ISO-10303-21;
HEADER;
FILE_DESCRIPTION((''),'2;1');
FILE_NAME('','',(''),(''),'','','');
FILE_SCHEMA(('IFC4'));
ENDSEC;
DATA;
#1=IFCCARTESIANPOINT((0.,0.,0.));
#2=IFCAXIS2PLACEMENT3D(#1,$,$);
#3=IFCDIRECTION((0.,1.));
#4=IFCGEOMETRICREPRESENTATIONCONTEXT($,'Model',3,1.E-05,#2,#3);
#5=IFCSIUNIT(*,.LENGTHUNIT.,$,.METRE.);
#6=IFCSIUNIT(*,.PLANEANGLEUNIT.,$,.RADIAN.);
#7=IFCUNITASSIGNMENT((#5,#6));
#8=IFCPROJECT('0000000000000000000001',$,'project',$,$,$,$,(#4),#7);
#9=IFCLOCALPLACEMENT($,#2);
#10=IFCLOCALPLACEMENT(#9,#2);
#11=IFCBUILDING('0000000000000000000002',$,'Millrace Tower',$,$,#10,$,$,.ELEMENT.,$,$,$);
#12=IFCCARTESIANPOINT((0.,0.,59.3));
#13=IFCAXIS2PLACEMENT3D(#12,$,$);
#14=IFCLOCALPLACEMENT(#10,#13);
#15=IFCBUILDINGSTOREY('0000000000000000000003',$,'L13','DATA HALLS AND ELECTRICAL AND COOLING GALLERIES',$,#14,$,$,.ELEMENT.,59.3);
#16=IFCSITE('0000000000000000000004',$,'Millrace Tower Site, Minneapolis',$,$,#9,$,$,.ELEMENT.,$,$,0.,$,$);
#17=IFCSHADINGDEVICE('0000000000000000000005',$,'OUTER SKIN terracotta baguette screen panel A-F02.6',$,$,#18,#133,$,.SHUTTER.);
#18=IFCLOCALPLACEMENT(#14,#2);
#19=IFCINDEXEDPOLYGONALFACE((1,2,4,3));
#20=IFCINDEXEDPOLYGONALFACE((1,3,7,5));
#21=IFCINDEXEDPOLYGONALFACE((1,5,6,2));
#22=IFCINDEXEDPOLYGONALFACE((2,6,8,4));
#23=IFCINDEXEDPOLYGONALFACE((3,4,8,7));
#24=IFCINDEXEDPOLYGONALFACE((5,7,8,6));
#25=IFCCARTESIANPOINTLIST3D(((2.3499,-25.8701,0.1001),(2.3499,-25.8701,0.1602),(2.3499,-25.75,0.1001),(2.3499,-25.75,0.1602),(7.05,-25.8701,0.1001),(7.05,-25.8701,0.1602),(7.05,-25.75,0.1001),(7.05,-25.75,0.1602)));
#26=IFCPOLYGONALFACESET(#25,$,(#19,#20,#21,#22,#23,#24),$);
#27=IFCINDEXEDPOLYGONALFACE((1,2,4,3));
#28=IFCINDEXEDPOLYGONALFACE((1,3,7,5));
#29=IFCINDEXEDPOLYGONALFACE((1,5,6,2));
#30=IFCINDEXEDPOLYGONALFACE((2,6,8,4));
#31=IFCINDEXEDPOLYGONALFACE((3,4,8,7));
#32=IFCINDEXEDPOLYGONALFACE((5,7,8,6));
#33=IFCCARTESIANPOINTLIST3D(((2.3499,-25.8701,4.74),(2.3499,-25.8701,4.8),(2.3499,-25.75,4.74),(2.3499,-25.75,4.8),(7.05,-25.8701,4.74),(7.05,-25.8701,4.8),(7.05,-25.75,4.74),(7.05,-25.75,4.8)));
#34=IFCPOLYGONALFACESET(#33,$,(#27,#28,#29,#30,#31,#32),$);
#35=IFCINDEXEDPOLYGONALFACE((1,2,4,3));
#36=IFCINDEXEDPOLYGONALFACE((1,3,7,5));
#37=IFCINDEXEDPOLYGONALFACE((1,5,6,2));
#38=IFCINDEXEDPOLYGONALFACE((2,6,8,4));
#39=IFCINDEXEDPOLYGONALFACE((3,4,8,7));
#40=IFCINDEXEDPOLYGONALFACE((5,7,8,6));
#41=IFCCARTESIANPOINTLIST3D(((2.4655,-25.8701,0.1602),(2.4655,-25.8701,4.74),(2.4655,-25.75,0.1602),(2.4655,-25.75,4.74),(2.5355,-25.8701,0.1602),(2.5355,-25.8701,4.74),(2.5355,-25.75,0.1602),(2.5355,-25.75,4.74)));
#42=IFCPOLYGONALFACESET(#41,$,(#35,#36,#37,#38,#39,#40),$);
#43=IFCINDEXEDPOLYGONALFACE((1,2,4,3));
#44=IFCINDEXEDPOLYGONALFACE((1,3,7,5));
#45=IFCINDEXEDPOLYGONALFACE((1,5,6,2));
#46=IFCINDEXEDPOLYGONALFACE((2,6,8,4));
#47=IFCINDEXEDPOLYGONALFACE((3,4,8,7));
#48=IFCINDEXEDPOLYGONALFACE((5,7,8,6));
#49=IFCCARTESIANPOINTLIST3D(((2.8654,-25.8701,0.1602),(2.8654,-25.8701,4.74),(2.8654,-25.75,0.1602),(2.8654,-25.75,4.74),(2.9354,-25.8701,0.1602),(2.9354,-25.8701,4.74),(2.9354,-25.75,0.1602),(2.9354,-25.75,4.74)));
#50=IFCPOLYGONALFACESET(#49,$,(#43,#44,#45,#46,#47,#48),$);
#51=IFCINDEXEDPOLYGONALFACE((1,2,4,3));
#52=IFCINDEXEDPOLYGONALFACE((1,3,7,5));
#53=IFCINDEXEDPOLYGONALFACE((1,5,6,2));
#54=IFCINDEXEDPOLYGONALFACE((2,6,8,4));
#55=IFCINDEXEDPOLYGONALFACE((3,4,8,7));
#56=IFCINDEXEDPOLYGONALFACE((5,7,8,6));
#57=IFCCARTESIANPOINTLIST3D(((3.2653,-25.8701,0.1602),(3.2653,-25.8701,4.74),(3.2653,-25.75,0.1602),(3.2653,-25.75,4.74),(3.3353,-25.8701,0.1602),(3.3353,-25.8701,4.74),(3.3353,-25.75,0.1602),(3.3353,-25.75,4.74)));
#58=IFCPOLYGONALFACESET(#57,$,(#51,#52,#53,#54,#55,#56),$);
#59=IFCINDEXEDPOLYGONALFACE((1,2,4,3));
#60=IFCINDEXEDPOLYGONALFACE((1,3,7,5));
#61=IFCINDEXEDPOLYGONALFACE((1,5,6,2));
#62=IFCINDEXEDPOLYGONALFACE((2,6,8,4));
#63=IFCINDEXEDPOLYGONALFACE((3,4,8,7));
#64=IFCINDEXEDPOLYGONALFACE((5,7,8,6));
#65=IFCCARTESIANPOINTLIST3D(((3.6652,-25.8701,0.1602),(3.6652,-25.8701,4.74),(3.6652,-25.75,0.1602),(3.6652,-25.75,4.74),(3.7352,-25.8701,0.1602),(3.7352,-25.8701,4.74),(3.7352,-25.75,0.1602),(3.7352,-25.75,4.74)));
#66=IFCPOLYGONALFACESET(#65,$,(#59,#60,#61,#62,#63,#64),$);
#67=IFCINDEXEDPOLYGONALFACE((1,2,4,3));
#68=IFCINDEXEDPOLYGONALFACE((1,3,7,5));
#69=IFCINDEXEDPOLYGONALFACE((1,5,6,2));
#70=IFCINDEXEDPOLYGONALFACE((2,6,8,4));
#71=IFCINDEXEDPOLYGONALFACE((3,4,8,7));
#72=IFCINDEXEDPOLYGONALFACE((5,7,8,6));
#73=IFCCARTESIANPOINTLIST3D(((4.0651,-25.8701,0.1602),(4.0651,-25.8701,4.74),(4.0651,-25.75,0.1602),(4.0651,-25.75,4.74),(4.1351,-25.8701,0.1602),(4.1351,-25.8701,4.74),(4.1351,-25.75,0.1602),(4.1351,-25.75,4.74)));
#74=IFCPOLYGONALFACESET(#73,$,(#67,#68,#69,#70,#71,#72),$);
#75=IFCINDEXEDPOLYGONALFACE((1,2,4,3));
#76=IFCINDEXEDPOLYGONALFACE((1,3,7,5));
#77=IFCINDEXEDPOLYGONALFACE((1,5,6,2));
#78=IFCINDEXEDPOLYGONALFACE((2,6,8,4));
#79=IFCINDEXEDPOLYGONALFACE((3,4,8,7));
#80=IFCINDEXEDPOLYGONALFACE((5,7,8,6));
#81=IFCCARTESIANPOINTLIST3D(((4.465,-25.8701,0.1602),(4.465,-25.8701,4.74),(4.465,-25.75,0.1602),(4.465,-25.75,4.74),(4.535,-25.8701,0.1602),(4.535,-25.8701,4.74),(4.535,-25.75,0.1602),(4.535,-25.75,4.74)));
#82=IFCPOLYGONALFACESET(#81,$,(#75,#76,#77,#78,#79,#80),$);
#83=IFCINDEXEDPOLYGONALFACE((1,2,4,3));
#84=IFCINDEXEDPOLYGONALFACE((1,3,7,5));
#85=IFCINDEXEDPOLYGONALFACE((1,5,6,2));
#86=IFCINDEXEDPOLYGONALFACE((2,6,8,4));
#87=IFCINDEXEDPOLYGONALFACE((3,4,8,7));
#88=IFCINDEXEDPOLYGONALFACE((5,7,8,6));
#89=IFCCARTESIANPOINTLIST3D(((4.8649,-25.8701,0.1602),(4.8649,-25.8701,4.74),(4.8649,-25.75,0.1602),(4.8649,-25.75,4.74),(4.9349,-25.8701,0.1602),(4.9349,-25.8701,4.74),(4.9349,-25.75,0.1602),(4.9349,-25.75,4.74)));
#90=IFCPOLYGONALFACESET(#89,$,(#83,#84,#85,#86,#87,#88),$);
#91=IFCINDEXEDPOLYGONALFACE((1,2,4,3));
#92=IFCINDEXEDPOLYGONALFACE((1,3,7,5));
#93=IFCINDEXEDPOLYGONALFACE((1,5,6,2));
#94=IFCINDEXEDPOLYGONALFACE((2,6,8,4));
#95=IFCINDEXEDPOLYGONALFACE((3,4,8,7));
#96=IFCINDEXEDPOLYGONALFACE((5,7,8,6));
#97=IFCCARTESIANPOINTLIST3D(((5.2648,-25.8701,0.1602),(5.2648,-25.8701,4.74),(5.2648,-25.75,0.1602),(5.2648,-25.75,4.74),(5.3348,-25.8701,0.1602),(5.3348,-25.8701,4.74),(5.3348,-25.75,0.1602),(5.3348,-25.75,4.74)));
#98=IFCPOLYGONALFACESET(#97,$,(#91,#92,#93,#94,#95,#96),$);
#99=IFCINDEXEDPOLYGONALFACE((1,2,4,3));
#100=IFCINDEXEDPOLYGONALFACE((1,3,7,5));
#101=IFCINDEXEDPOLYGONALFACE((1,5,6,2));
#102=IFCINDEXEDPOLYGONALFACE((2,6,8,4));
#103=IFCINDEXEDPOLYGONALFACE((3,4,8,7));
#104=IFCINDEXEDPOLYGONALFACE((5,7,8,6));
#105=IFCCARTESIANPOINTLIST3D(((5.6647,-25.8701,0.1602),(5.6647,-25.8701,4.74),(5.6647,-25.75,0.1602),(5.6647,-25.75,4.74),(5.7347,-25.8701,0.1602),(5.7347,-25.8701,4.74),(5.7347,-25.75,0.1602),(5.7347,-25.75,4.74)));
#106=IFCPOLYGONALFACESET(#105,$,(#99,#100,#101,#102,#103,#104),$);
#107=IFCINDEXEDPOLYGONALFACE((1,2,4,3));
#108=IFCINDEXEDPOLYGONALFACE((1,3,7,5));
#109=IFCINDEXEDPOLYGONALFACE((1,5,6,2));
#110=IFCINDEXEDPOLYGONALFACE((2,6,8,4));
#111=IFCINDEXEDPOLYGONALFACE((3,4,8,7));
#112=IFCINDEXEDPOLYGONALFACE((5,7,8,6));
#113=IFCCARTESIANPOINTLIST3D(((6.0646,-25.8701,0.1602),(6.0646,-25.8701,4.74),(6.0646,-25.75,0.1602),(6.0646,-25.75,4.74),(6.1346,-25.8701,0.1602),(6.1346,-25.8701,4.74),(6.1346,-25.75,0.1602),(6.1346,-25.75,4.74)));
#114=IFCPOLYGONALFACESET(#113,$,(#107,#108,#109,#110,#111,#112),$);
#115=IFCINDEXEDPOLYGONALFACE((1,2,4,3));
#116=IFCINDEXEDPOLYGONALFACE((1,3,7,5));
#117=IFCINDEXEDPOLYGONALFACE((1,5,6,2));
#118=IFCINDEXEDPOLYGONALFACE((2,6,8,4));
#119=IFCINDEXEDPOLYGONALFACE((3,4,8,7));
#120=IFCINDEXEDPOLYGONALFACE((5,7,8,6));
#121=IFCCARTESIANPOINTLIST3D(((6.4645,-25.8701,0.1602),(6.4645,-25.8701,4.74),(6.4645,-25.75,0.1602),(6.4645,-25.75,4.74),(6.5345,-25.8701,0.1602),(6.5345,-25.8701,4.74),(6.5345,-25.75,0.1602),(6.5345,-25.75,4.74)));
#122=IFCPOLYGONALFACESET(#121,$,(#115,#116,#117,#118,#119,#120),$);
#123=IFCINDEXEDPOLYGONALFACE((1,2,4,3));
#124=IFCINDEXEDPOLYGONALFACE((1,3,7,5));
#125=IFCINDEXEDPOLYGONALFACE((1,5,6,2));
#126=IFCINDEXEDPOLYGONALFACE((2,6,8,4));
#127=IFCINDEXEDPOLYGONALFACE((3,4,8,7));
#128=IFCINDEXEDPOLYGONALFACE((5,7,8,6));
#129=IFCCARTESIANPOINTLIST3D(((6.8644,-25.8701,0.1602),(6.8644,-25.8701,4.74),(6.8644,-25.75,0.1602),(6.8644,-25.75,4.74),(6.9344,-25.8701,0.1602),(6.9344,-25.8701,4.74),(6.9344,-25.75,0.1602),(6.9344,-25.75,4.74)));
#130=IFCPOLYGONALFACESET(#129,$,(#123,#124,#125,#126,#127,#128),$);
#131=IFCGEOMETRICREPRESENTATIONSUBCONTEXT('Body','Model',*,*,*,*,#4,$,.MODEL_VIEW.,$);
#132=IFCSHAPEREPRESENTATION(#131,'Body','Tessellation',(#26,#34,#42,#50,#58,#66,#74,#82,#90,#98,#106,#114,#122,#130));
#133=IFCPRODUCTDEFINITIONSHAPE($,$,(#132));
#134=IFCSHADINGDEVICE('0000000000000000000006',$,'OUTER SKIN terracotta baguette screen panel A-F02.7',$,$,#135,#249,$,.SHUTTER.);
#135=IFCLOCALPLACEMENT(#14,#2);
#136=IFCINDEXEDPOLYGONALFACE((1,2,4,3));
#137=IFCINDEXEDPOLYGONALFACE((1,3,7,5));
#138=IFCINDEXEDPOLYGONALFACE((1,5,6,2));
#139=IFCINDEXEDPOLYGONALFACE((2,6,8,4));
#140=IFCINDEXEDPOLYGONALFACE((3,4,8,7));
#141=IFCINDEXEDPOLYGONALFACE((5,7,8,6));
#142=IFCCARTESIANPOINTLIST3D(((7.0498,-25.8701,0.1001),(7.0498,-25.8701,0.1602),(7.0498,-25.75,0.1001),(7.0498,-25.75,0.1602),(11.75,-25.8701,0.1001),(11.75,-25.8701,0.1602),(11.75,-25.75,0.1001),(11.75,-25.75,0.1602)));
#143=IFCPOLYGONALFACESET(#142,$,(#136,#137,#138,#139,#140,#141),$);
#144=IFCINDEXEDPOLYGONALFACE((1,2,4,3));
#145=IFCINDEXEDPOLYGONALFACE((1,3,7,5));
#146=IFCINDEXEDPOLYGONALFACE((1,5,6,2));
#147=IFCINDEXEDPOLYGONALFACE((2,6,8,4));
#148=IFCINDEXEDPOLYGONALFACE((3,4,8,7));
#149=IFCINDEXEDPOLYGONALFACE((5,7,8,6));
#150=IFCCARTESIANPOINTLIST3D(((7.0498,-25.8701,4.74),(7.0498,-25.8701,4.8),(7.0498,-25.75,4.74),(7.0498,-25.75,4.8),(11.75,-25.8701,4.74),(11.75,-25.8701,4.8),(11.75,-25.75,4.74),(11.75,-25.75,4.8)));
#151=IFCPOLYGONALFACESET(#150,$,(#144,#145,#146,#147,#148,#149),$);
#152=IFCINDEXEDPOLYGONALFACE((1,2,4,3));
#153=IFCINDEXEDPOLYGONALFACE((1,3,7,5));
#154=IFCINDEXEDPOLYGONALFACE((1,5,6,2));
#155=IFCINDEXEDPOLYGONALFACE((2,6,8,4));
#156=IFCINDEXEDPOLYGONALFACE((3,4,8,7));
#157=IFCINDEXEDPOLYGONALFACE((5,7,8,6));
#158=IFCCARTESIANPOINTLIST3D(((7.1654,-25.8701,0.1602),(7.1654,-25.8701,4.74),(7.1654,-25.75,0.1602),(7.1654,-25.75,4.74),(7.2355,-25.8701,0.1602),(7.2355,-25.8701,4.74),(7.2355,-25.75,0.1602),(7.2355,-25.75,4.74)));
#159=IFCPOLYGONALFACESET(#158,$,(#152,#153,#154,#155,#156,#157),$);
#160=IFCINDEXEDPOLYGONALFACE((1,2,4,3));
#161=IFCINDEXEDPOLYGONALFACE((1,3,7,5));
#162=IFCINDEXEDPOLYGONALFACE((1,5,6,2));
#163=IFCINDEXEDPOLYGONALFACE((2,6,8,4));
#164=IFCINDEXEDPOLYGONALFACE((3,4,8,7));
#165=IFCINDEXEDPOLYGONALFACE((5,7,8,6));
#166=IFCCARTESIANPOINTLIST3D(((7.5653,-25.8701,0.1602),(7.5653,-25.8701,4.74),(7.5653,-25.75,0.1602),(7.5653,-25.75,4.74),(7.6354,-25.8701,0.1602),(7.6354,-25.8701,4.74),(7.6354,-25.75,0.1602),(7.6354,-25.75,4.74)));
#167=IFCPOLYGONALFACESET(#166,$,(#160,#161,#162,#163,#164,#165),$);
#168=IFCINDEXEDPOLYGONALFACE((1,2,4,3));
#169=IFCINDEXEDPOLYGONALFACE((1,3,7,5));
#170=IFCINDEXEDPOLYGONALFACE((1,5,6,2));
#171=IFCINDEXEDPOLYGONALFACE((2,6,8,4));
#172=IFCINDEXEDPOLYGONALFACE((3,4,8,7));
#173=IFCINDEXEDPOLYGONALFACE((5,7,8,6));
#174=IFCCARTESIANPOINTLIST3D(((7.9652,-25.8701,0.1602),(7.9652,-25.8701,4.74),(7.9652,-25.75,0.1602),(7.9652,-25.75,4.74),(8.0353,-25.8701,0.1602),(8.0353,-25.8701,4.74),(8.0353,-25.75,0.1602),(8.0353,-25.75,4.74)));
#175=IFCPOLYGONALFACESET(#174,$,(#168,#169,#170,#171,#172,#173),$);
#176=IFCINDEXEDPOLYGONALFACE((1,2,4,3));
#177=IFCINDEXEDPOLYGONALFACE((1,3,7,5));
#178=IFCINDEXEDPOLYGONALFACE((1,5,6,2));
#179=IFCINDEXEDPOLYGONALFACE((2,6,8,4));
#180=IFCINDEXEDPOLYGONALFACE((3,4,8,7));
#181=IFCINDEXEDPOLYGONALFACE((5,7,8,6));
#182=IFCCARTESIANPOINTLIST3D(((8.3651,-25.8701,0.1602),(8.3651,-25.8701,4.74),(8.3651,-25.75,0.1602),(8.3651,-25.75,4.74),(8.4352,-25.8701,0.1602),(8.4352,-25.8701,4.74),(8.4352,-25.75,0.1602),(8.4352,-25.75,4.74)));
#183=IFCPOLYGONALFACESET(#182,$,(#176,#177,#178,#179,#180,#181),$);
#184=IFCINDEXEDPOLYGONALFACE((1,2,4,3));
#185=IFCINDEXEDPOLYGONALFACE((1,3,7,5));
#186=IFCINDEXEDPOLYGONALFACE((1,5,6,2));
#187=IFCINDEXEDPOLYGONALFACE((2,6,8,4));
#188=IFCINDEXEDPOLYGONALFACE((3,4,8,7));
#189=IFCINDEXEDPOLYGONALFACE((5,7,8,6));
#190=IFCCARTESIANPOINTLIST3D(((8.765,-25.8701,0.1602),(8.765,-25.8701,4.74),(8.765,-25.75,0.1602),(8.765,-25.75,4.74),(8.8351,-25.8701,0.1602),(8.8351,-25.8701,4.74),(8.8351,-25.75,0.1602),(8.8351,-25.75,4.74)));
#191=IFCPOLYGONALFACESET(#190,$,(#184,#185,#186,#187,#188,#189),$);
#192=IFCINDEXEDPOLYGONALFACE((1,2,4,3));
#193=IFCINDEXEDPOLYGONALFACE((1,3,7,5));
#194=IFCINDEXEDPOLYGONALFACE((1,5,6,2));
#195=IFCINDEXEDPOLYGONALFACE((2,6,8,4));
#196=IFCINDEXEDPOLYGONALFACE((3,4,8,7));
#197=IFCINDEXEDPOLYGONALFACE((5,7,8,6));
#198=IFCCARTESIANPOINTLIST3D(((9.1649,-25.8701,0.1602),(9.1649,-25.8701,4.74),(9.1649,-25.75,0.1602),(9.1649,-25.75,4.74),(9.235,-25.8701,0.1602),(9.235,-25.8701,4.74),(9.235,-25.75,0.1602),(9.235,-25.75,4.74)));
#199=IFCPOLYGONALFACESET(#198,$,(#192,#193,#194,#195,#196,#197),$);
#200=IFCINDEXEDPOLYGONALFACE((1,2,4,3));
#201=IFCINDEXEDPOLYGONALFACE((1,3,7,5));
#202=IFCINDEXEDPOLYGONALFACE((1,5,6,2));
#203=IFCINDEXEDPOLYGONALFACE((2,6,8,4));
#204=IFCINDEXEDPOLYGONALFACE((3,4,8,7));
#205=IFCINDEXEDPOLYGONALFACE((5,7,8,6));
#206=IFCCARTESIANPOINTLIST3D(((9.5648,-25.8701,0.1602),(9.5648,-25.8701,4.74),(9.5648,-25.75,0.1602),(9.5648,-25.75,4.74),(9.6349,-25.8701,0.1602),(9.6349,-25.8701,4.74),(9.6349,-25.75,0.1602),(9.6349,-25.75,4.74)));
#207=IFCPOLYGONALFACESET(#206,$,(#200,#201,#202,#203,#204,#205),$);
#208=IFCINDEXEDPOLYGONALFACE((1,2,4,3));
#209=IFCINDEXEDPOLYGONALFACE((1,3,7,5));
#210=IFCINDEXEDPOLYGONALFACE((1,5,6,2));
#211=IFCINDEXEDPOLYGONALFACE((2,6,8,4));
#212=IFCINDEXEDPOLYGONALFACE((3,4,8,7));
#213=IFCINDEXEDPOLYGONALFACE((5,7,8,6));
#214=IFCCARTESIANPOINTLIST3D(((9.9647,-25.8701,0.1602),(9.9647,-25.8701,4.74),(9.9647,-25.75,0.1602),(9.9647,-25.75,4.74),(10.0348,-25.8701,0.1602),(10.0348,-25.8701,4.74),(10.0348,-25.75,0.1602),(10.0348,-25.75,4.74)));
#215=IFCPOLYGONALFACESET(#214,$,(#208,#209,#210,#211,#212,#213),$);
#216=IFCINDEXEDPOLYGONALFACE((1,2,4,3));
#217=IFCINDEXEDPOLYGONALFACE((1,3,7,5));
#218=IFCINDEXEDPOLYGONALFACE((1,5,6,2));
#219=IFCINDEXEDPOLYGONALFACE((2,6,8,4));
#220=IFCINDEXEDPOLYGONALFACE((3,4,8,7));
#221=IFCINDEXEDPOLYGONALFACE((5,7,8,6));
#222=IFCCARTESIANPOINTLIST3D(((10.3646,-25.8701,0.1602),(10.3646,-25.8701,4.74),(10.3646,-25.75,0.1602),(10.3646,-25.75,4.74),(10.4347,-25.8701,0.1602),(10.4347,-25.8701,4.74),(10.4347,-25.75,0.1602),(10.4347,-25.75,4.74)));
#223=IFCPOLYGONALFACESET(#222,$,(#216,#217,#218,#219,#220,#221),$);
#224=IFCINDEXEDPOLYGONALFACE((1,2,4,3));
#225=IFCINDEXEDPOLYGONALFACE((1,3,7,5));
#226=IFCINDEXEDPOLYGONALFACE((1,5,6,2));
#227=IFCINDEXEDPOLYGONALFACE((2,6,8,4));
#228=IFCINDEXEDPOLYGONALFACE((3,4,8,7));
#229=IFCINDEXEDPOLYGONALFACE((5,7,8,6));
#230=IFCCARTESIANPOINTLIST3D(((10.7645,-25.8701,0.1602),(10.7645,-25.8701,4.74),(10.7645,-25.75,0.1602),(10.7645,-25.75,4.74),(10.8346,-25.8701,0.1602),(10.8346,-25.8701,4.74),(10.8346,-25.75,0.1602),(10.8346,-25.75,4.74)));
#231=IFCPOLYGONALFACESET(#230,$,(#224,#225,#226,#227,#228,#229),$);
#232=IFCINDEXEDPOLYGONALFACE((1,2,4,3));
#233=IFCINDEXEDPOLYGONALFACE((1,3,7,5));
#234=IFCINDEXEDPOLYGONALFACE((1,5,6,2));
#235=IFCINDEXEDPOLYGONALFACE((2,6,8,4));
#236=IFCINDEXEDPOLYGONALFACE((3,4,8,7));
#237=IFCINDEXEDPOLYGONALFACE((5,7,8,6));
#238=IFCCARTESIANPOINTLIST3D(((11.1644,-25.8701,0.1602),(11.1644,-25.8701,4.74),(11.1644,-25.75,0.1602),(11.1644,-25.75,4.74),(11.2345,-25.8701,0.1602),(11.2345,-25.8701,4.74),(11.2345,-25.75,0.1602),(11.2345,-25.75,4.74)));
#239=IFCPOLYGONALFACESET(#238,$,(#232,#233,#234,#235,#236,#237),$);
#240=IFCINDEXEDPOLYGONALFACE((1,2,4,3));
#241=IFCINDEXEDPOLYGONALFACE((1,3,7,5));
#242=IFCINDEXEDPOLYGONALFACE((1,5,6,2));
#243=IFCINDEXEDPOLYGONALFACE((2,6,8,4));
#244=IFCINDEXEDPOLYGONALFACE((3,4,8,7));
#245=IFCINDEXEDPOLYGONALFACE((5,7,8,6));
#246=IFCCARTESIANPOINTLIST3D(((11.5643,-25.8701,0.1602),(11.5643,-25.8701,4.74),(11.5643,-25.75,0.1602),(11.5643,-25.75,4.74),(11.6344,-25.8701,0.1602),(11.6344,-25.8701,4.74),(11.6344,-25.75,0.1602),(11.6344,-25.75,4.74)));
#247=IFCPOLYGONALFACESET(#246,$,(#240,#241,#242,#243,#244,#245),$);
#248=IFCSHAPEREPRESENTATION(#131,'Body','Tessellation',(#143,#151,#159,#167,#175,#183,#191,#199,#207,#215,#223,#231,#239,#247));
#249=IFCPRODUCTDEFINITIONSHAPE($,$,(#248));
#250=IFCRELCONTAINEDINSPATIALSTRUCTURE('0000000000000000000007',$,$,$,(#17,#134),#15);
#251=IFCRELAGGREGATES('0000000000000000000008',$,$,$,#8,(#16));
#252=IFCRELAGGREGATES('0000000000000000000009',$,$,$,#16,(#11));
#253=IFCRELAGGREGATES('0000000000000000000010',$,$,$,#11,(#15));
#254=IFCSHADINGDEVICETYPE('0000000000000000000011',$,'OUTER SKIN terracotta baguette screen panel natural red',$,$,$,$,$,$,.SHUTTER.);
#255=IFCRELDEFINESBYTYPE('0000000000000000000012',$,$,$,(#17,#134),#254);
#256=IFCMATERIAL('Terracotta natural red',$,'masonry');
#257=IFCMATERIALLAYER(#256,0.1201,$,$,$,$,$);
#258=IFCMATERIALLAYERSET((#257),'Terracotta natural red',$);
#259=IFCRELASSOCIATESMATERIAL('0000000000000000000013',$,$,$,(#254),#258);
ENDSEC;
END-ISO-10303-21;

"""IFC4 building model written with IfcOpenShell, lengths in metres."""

from ifc_helpers import new_model, entity, si_unit, direction, frame, frame_2d, origin, place, context, subcontext, project, spatial, rectangle, extrude, source, transform, mapped, material, layer, layer_set, type_object, element, save


model = new_model("IFC4")

# Units and contexts
model_context = context("Model", 3, precision=1e-05, world=origin(), true_north=direction((0.0, 1.0)))
body_context = subcontext(model_context, "Body", "Model", "MODEL_VIEW")
ifc_project = project(units=[si_unit("LENGTHUNIT", "METRE"), si_unit("PLANEANGLEUNIT", "RADIAN")], contexts=[model_context])

# Site, building, storey
site_placement = place(None, origin())
site = spatial("IfcSite", under=ifc_project, at=site_placement, Name="Millrace Tower Site, Minneapolis", CompositionType="ELEMENT", RefElevation=0.0)
building_placement = place(site_placement, origin())
building = spatial("IfcBuilding", under=site, at=building_placement, Name="Millrace Tower", CompositionType="ELEMENT")
storey_placement = place(building_placement, frame((0.0, 0.0, 59.3)))
storey = spatial("IfcBuildingStorey", under=building, at=storey_placement, Name="L13", Description="DATA HALLS AND ELECTRICAL AND COOLING GALLERIES", CompositionType="ELEMENT", Elevation=59.3)

# Shading devices
ifc_material_1 = material(Name="Terracotta natural red", Category="masonry")
ifc_layer_1 = layer(ifc_material_1, 0.1201)
ifc_layer_set_1 = layer_set([ifc_layer_1], Name="Terracotta natural red")
shading_device_type = type_object("IfcShadingDeviceType", Name="OUTER SKIN terracotta baguette screen panel natural red", PredefinedType="SHUTTER", material=ifc_layer_set_1)
cartesian_point = entity("IfcCartesianPoint", [-2.3501, 0.0601])
shared_polyline = entity("IfcPolyline", [cartesian_point, entity("IfcCartesianPoint", [2.3501, 0.0601]), entity("IfcCartesianPoint", [2.3501, -0.0601]), entity("IfcCartesianPoint", [-2.3501, -0.0601]), cartesian_point])
shared_shape = source(origin(), body_context, "Body", "SweptSolid", [
    entity("IfcExtrudedAreaSolid", entity("IfcArbitraryClosedProfileDef", "AREA", None, shared_polyline), entity("IfcAxis2Placement3D", entity("IfcCartesianPoint", [0.0, 0.0, 0.0])), entity("IfcDirection", [0.0, 0.0, 1.0]), 0.0601),
    entity("IfcExtrudedAreaSolid", entity("IfcArbitraryClosedProfileDef", "AREA", None, shared_polyline), entity("IfcAxis2Placement3D", entity("IfcCartesianPoint", [0.0, 0.0, 4.6399])), entity("IfcDirection", [0.0, 0.0, 1.0]), 0.0601),
    extrude(rectangle(XDim=0.0701, YDim=0.1201, at=frame_2d((-2.1995, 0.0))), frame((0.0, 0.0, 0.0601)), (0.0, 0.0, 1.0), 4.5798),
    extrude(rectangle(XDim=0.0701, YDim=0.1201, at=frame_2d((-1.7996, 0.0))), frame((0.0, 0.0, 0.0601)), (0.0, 0.0, 1.0), 4.5798),
    extrude(rectangle(XDim=0.0701, YDim=0.1201, at=frame_2d((-1.3997, 0.0))), frame((0.0, 0.0, 0.0601)), (0.0, 0.0, 1.0), 4.5798),
    extrude(rectangle(XDim=0.0701, YDim=0.1201, at=frame_2d((-0.9998, 0.0))), frame((0.0, 0.0, 0.0601)), (0.0, 0.0, 1.0), 4.5798),
    extrude(rectangle(XDim=0.0701, YDim=0.1201, at=frame_2d((-0.5999, 0.0))), frame((0.0, 0.0, 0.0601)), (0.0, 0.0, 1.0), 4.5798),
    extrude(rectangle(XDim=0.0701, YDim=0.1201, at=frame_2d((-0.2, 0.0))), frame((0.0, 0.0, 0.0601)), (0.0, 0.0, 1.0), 4.5798),
    extrude(rectangle(XDim=0.0701, YDim=0.1201, at=frame_2d((0.2, 0.0))), frame((0.0, 0.0, 0.0601)), (0.0, 0.0, 1.0), 4.5798),
    extrude(rectangle(XDim=0.0701, YDim=0.1201, at=frame_2d((0.5999, 0.0))), frame((0.0, 0.0, 0.0601)), (0.0, 0.0, 1.0), 4.5798),
    extrude(rectangle(XDim=0.0701, YDim=0.1201, at=frame_2d((0.9998, 0.0))), frame((0.0, 0.0, 0.0601)), (0.0, 0.0, 1.0), 4.5798),
    extrude(rectangle(XDim=0.0701, YDim=0.1201, at=frame_2d((1.3997, 0.0))), frame((0.0, 0.0, 0.0601)), (0.0, 0.0, 1.0), 4.5798),
    extrude(rectangle(XDim=0.0701, YDim=0.1201, at=frame_2d((1.7996, 0.0))), frame((0.0, 0.0, 0.0601)), (0.0, 0.0, 1.0), 4.5798),
    extrude(rectangle(XDim=0.0701, YDim=0.1201, at=frame_2d((2.1995, 0.0))), frame((0.0, 0.0, 0.0601)), (0.0, 0.0, 1.0), 4.5798),
])
for number, where, z_axis, x_axis, name in (
    (1, (4.7, -25.8101, 0.1001), (0.0, 0.0, 1.0), (1.0, 0.0, 0.0), "OUTER SKIN terracotta baguette screen panel A-F02.6"),
    (2, (9.3999, -25.8101, 0.1001), (0.0, 0.0, 1.0), (1.0, 0.0, 0.0), "OUTER SKIN terracotta baguette screen panel A-F02.7"),
):
    element("IfcShadingDevice", number, at=place(storey_placement, frame(where, z_axis=z_axis, x_axis=x_axis)), inside=storey, type_object=shading_device_type, Name=name, PredefinedType="SHUTTER", context=body_context, shape_type="MappedRepresentation", body=[
        mapped(shared_shape, transform((0.0, 0.0, 0.0), scale=1.0)),
    ])

save(model, "model.ifc")
